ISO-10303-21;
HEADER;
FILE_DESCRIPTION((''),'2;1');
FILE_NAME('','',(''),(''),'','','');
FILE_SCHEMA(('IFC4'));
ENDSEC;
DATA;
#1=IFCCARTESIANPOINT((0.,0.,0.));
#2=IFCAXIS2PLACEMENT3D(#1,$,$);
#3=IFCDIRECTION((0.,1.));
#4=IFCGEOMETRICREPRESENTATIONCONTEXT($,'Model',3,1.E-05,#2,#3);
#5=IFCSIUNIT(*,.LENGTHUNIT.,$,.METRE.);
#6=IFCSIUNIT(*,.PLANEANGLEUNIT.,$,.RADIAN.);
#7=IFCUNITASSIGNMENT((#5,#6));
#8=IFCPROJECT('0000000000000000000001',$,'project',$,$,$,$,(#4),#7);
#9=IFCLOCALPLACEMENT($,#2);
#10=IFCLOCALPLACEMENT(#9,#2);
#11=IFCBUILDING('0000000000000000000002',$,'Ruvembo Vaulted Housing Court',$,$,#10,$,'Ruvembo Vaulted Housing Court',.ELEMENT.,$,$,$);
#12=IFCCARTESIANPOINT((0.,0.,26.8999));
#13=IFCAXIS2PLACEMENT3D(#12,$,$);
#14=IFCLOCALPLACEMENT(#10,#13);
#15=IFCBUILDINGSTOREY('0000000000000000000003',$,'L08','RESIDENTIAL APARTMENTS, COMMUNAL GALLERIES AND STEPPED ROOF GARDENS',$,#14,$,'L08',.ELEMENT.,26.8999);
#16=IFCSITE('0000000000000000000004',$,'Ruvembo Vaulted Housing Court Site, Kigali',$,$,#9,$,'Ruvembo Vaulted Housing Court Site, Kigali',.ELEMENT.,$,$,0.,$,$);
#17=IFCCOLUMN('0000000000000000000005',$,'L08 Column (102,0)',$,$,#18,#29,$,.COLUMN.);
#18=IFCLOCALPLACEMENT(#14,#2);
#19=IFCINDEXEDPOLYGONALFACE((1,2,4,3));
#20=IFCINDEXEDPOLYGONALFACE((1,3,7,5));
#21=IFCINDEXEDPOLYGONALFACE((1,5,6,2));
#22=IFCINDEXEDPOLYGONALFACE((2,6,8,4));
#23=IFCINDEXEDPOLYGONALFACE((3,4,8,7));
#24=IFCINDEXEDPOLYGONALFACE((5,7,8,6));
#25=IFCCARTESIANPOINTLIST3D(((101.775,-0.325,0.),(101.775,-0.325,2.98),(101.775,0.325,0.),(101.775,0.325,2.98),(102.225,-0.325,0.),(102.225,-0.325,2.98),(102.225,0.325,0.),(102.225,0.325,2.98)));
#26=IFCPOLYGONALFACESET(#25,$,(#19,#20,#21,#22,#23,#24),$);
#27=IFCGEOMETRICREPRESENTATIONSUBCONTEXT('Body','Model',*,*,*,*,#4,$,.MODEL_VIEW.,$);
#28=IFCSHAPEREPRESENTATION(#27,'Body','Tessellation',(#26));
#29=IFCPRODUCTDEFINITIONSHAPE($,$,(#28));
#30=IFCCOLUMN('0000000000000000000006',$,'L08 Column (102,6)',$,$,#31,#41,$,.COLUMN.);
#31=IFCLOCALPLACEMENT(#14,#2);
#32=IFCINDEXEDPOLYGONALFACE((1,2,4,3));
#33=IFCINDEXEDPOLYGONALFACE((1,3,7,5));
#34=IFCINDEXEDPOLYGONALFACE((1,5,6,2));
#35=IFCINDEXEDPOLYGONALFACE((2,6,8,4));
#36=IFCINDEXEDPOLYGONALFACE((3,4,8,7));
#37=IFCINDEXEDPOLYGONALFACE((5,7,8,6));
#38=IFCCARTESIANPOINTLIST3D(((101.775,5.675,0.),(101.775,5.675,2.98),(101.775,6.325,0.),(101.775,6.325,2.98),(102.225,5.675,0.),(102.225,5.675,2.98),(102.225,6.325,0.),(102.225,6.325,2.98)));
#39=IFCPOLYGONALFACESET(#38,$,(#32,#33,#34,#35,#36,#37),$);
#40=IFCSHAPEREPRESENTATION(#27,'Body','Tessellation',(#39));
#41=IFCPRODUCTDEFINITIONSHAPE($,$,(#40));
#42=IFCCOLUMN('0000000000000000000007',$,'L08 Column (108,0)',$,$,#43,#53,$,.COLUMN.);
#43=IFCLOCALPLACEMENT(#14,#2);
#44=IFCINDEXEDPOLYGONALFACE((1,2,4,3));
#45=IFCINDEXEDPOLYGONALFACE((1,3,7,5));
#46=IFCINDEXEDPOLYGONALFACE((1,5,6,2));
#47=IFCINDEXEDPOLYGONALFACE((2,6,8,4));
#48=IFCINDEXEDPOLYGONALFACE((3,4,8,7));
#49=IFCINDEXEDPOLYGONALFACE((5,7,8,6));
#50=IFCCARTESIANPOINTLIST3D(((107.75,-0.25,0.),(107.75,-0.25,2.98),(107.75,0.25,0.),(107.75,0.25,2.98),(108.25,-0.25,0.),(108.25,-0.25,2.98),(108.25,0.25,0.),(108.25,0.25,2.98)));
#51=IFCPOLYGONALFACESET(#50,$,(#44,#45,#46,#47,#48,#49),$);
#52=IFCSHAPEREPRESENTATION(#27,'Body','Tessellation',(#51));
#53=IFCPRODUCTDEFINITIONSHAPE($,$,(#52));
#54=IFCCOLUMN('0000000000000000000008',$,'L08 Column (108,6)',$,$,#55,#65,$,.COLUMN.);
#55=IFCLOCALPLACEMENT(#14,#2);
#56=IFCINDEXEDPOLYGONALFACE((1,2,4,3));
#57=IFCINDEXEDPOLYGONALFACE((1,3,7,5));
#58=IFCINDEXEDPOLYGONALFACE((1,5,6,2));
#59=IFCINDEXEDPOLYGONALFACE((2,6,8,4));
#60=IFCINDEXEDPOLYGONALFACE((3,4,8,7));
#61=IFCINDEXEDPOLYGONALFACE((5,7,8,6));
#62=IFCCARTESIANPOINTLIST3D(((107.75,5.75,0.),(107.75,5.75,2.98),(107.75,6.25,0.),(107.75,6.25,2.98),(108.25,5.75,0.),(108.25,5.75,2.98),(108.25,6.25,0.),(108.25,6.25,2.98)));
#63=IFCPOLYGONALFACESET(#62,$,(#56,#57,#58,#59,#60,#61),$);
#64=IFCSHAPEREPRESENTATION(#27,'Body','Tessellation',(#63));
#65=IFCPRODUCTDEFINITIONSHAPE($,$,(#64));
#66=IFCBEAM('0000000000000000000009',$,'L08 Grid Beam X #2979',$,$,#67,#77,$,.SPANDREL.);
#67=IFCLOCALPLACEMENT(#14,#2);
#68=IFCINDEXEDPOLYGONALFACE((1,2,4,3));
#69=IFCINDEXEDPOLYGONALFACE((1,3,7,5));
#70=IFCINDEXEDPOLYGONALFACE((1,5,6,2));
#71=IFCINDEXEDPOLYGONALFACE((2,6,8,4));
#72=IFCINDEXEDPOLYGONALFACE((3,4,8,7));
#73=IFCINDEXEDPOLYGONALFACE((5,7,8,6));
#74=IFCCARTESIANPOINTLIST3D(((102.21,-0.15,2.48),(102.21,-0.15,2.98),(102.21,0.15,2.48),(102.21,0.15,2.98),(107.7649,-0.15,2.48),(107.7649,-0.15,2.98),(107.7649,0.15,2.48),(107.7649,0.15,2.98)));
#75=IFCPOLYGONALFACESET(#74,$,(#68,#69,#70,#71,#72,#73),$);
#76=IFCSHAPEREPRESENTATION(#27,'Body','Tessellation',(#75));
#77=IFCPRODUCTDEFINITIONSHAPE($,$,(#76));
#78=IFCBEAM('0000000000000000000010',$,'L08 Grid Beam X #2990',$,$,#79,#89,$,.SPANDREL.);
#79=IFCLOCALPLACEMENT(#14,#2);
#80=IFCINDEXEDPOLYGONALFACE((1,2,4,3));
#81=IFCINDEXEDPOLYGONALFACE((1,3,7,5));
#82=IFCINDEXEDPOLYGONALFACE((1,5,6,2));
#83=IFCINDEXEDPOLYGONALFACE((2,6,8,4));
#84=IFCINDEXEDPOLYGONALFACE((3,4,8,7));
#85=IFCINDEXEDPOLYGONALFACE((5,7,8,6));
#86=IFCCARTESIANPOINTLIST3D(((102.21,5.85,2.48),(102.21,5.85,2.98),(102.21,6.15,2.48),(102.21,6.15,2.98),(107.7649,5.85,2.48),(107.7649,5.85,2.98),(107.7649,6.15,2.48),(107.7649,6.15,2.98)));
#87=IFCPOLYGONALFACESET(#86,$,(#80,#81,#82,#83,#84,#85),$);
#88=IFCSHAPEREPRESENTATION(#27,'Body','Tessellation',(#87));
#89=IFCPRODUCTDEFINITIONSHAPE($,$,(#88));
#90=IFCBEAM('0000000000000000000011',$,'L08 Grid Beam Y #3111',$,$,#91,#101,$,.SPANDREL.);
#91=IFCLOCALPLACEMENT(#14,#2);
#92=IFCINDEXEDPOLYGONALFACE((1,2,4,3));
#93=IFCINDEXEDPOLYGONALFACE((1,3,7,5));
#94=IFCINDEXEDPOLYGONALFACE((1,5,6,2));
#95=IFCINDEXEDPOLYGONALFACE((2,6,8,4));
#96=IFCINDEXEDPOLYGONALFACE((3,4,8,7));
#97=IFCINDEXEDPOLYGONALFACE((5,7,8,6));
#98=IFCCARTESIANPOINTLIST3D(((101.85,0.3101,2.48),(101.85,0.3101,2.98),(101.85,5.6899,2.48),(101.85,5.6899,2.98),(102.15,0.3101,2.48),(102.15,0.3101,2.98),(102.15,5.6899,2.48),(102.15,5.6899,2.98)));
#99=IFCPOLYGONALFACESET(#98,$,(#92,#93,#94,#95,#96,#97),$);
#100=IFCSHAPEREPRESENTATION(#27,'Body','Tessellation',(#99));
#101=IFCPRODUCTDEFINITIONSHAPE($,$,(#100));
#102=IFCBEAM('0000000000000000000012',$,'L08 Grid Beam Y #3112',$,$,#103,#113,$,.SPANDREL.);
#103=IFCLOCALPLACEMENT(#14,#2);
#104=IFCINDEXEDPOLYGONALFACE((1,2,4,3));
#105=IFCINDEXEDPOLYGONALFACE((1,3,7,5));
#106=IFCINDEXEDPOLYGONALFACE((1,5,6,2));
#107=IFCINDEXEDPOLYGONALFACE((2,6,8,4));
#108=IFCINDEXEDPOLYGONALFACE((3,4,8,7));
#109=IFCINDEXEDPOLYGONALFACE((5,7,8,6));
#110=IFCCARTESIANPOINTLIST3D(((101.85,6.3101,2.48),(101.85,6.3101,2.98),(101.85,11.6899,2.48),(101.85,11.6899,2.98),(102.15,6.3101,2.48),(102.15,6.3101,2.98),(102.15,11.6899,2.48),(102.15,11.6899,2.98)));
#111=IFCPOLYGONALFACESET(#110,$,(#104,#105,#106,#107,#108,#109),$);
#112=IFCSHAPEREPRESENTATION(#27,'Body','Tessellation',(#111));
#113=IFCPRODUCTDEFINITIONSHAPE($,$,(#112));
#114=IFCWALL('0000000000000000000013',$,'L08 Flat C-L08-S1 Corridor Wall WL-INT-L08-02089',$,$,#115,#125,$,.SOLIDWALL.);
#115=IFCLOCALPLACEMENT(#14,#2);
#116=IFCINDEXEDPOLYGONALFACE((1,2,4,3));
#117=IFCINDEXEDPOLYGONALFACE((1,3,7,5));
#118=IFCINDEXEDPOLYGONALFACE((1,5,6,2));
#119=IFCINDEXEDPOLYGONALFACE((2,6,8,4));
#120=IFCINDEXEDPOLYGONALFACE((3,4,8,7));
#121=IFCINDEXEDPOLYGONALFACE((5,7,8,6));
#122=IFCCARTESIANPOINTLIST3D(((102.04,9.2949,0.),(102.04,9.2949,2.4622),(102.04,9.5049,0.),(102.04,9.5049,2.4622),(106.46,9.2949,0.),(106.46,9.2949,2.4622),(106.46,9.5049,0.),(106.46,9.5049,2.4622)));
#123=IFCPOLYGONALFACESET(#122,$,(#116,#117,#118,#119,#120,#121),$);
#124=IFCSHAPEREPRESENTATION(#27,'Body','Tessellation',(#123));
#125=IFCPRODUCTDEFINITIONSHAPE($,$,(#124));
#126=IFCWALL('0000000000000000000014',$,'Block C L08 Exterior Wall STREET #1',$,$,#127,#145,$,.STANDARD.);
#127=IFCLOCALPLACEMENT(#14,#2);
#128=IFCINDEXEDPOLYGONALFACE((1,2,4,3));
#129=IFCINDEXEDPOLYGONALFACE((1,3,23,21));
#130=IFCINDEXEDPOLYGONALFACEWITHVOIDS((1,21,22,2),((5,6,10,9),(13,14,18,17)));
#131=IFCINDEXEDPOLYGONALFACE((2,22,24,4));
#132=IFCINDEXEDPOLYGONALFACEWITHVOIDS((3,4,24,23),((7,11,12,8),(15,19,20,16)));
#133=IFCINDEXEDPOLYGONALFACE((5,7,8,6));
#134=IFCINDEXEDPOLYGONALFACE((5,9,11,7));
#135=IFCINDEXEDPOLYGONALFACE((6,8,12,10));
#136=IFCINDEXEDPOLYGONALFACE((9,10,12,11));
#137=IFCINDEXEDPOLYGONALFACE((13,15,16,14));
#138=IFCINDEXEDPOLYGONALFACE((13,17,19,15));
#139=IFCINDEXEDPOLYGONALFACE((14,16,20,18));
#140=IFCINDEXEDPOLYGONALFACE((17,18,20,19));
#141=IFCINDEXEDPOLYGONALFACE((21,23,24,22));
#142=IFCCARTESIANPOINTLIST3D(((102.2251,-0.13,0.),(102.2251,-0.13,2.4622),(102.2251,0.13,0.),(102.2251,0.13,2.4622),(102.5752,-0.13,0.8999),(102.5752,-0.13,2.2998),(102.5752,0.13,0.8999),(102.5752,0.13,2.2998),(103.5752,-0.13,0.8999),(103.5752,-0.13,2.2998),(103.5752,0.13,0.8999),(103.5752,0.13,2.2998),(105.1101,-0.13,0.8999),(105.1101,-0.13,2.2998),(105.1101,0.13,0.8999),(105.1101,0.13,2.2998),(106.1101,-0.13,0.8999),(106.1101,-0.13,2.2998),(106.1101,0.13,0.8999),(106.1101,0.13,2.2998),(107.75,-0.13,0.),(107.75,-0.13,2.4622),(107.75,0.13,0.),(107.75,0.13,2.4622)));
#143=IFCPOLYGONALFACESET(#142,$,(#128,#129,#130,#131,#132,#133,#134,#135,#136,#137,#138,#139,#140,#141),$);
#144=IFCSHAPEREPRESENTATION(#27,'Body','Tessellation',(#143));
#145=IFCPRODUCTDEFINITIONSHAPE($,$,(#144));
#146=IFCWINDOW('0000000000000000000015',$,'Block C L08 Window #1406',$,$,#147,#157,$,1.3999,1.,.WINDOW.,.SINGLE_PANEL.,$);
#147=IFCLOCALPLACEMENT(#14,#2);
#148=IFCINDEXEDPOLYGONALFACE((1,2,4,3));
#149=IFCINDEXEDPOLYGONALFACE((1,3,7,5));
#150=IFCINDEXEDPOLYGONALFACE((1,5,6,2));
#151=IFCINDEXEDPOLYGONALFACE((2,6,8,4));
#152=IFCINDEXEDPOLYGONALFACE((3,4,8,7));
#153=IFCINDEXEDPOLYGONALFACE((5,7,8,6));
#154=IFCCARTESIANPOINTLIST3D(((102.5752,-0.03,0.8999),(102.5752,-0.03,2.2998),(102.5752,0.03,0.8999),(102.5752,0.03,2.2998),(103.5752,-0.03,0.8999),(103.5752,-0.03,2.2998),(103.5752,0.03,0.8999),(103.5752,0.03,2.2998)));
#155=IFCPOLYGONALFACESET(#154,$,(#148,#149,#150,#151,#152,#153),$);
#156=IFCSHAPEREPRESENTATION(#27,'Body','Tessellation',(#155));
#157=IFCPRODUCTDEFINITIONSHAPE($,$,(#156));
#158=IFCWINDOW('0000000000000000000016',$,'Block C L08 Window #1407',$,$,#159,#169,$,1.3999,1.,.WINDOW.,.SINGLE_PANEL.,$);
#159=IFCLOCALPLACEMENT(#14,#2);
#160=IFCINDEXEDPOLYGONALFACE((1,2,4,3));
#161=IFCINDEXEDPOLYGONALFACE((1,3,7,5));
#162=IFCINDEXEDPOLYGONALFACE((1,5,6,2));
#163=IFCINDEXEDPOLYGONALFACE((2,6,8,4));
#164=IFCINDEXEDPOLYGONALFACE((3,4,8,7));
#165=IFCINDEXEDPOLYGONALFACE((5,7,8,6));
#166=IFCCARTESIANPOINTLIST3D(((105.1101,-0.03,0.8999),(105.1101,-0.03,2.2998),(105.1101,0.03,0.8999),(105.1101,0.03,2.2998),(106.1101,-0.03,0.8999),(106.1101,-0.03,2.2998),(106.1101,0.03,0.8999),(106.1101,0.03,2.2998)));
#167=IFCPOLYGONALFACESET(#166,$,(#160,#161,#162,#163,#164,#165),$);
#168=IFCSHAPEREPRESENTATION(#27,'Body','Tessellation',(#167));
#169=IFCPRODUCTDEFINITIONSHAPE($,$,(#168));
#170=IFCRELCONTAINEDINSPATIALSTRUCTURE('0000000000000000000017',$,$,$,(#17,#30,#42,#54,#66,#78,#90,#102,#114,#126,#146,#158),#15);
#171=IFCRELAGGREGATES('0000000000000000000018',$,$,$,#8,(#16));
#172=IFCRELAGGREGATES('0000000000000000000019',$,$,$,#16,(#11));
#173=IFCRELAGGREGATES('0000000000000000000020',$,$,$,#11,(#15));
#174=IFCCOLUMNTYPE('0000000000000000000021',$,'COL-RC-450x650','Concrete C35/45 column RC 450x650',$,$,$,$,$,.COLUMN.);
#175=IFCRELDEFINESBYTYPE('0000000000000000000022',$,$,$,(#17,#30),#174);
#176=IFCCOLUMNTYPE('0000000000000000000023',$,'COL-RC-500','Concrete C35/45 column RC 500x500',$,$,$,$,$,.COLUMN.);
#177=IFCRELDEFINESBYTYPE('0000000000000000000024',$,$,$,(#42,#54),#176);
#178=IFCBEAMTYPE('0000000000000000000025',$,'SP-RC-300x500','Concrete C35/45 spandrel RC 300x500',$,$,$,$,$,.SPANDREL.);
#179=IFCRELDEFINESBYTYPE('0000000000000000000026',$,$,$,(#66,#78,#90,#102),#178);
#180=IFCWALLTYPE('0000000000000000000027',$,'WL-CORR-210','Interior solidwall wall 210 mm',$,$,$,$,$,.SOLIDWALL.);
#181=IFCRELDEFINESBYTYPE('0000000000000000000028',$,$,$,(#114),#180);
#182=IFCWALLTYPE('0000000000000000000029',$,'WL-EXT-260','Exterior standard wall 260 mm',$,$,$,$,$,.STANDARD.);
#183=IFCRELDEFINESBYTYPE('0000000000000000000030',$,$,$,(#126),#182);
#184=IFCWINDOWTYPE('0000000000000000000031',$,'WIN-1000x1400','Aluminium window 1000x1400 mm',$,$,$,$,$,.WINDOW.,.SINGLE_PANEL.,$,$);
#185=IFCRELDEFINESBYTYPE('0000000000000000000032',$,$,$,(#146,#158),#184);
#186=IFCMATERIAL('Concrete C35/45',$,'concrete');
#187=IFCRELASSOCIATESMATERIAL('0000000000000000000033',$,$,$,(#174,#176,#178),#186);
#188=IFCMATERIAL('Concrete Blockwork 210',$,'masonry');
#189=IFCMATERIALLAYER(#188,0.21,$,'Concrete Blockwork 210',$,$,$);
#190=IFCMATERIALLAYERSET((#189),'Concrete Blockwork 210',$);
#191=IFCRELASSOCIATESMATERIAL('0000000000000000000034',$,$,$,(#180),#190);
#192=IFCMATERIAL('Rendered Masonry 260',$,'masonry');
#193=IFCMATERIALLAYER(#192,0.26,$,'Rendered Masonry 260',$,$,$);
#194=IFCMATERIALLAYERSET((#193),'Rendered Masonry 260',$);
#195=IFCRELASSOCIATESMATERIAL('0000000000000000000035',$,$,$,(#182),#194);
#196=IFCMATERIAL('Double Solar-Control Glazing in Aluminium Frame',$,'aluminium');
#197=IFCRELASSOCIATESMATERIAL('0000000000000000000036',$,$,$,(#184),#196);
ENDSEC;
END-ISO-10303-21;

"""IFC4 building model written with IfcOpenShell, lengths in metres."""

from ifc_helpers import new_model, si_unit, direction, frame, frame_2d, origin, origin_2d, place, context, subcontext, project, spatial, rectangle, extrude, material, layer, layer_set, material_profile, profile_set, type_object, element, fill, save


model = new_model("IFC4")

# Units and contexts
model_context = context("Model", 3, precision=1e-05, world=origin(), true_north=direction((0.0, 1.0)))
body_context = subcontext(model_context, "Body", "Model", "MODEL_VIEW")
ifc_project = project(units=[si_unit("LENGTHUNIT", "METRE"), si_unit("PLANEANGLEUNIT", "RADIAN")], contexts=[model_context])

# Site, building, storey
site_placement = place(None, origin())
site = spatial("IfcSite", under=ifc_project, at=site_placement, Name="Ruvembo Vaulted Housing Court Site, Kigali", LongName="Ruvembo Vaulted Housing Court Site, Kigali", CompositionType="ELEMENT", RefElevation=0.0)
building_placement = place(site_placement, origin())
building = spatial("IfcBuilding", under=site, at=building_placement, Name="Ruvembo Vaulted Housing Court", LongName="Ruvembo Vaulted Housing Court", CompositionType="ELEMENT")
storey_placement = place(building_placement, frame((0.0, 0.0, 26.8999)))
storey = spatial("IfcBuildingStorey", under=building, at=storey_placement, Name="L08", Description="RESIDENTIAL APARTMENTS, COMMUNAL GALLERIES AND STEPPED ROOF GARDENS", LongName="L08", CompositionType="ELEMENT", Elevation=26.8999)

# Columns
ifc_material_1 = material(Name="Concrete C35/45", Category="concrete")
ifc_material_profile_1 = material_profile(ifc_material_1, rectangle(XDim=0.45, YDim=0.6499, at=origin_2d()), Name="RC 450x650")
ifc_profile_set_1 = profile_set([ifc_material_profile_1], Name="Concrete C35/45")
column_type_1 = type_object("IfcColumnType", Name="COL-RC-450x650", Description="Concrete C35/45 column RC 450x650", PredefinedType="COLUMN", material=ifc_profile_set_1)
for number, where, z_axis, x_axis, name in (
    (1, (102.0, 0.0, 0.0), (0.0, 0.0, 1.0), (1.0, 0.0, 0.0), "L08 Column (102,0)"),
    (2, (102.0, 6.0, 0.0), (0.0, 0.0, 1.0), (1.0, 0.0, 0.0), "L08 Column (102,6)"),
):
    element("IfcColumn", number, at=place(storey_placement, frame(where, z_axis=z_axis, x_axis=x_axis)), inside=storey, type_object=column_type_1, Name=name, PredefinedType="COLUMN", context=body_context, shape_type="SweptSolid", body=[
        extrude(rectangle(XDim=0.45, YDim=0.6499, at=origin_2d()), origin(), (0.0, 0.0, 1.0), 2.98),
    ])
ifc_material_profile_2 = material_profile(ifc_material_1, rectangle(XDim=0.5, YDim=0.5, at=origin_2d()), Name="RC 500x500")
ifc_profile_set_2 = profile_set([ifc_material_profile_2], Name="Concrete C35/45")
column_type_2 = type_object("IfcColumnType", Name="COL-RC-500", Description="Concrete C35/45 column RC 500x500", PredefinedType="COLUMN", material=ifc_profile_set_2)
for number, where, z_axis, x_axis, name in (
    (3, (108.0, 0.0, 0.0), (0.0, 0.0, 1.0), (1.0, 0.0, 0.0), "L08 Column (108,0)"),
    (4, (108.0, 6.0, 0.0), (0.0, 0.0, 1.0), (1.0, 0.0, 0.0), "L08 Column (108,6)"),
):
    element("IfcColumn", number, at=place(storey_placement, frame(where, z_axis=z_axis, x_axis=x_axis)), inside=storey, type_object=column_type_2, Name=name, PredefinedType="COLUMN", context=body_context, shape_type="SweptSolid", body=[
        extrude(rectangle(XDim=0.5, YDim=0.5, at=origin_2d()), origin(), (0.0, 0.0, 1.0), 2.98),
    ])

# Beams
ifc_material_profile_3 = material_profile(ifc_material_1, rectangle(XDim=0.3, YDim=0.5, at=origin_2d()), Name="RC 300x500")
ifc_profile_set_3 = profile_set([ifc_material_profile_3], Name="Concrete C35/45")
beam_type = type_object("IfcBeamType", Name="SP-RC-300x500", Description="Concrete C35/45 spandrel RC 300x500", PredefinedType="SPANDREL", material=ifc_profile_set_3)
for number, where, z_axis, x_axis, name in (
    (5, (102.21, 0.0, 2.73), (1.0, 0.0, 0.0), (0.0, 1.0, 0.0), "L08 Grid Beam X #2979"),
    (6, (102.21, 6.0, 2.73), (1.0, 0.0, 0.0), (0.0, 1.0, 0.0), "L08 Grid Beam X #2990"),
):
    element("IfcBeam", number, at=place(storey_placement, frame(where, z_axis=z_axis, x_axis=x_axis)), inside=storey, type_object=beam_type, Name=name, PredefinedType="SPANDREL", context=body_context, shape_type="SweptSolid", body=[
        extrude(rectangle(XDim=0.3, YDim=0.5, at=origin_2d()), origin(), (0.0, 0.0, 1.0), 5.5549),
    ])
for number, where, z_axis, x_axis, name in (
    (7, (102.0, 0.3101, 2.73), (0.0, 1.0, 0.0), (-1.0, 0.0, 0.0), "L08 Grid Beam Y #3111"),
    (8, (102.0, 6.3101, 2.73), (0.0, 1.0, 0.0), (-1.0, 0.0, 0.0), "L08 Grid Beam Y #3112"),
):
    element("IfcBeam", number, at=place(storey_placement, frame(where, z_axis=z_axis, x_axis=x_axis)), inside=storey, type_object=beam_type, Name=name, PredefinedType="SPANDREL", context=body_context, shape_type="SweptSolid", body=[
        extrude(rectangle(XDim=0.3, YDim=0.5, at=origin_2d()), origin(), (0.0, 0.0, 1.0), 5.3799),
    ])

# Wall
ifc_material_2 = material(Name="Concrete Blockwork 210", Category="masonry")
ifc_layer_1 = layer(ifc_material_2, 0.21, Name="Concrete Blockwork 210")
ifc_layer_set_1 = layer_set([ifc_layer_1], Name="Concrete Blockwork 210")
wall_type_1 = type_object("IfcWallType", Name="WL-CORR-210", Description="Interior solidwall wall 210 mm", PredefinedType="SOLIDWALL", material=ifc_layer_set_1)
wall_1_placement = place(storey_placement, frame((102.04, 9.3999, 0.0), z_axis=(0.0, 0.0, 1.0), x_axis=(1.0, 0.0, 0.0)))
element("IfcWall", 9, at=wall_1_placement, inside=storey, type_object=wall_type_1, Name="L08 Flat C-L08-S1 Corridor Wall WL-INT-L08-02089", PredefinedType="SOLIDWALL", context=body_context, shape_type="SweptSolid", body=[
    extrude(rectangle(XDim=4.4199, YDim=0.21, at=frame_2d((2.21, 0.0))), origin(), (0.0, 0.0, 1.0), 2.4622),
])

# Wall, openings, windows
ifc_material_3 = material(Name="Rendered Masonry 260", Category="masonry")
ifc_layer_2 = layer(ifc_material_3, 0.26, Name="Rendered Masonry 260")
ifc_layer_set_2 = layer_set([ifc_layer_2], Name="Rendered Masonry 260")
wall_type_2 = type_object("IfcWallType", Name="WL-EXT-260", Description="Exterior standard wall 260 mm", PredefinedType="STANDARD", material=ifc_layer_set_2)
wall_2_placement = place(storey_placement, frame((102.2251, 0.0, 0.0), z_axis=(0.0, 0.0, 1.0), x_axis=(1.0, 0.0, 0.0)))
wall_2 = element("IfcWall", 10, at=wall_2_placement, inside=storey, type_object=wall_type_2, Name="Block C L08 Exterior Wall STREET #1", PredefinedType="STANDARD", context=body_context, shape_type="SweptSolid", body=[
    extrude(rectangle(XDim=5.5249, YDim=0.26, at=frame_2d((2.7625, 0.0))), origin(), (0.0, 0.0, 1.0), 2.4622),
])
opening_1_placement = place(wall_2_placement, frame((0.3501, 0.0, 0.8999)))
opening_1 = element("IfcOpeningElement", 11, at=opening_1_placement, cuts=wall_2, PredefinedType="OPENING", context=body_context, shape_type="SweptSolid", body=[
    extrude(rectangle(XDim=1.0, YDim=1.3999, at=frame_2d((0.5, 0.7))), frame((0.0, 0.1399, 0.0), z_axis=(0.0, -1.0, 0.0), x_axis=(1.0, 0.0, 0.0)), (0.0, 0.0, 1.0), 0.28),
])
opening_2_placement = place(wall_2_placement, frame((2.885, 0.0, 0.8999)))
opening_2 = element("IfcOpeningElement", 12, at=opening_2_placement, cuts=wall_2, PredefinedType="OPENING", context=body_context, shape_type="SweptSolid", body=[
    extrude(rectangle(XDim=1.0, YDim=1.3999, at=frame_2d((0.5, 0.7))), frame((0.0, 0.1399, 0.0), z_axis=(0.0, -1.0, 0.0), x_axis=(1.0, 0.0, 0.0)), (0.0, 0.0, 1.0), 0.28),
])
ifc_material_4 = material(Name="Double Solar-Control Glazing in Aluminium Frame", Category="aluminium")
window_type_1 = type_object("IfcWindowType", Name="WIN-1000x1400", Description="Aluminium window 1000x1400 mm", PartitioningType="SINGLE_PANEL", PredefinedType="WINDOW", material=ifc_material_4)
window_1_placement = place(opening_1_placement, origin())
window_1 = element("IfcWindow", 13, at=window_1_placement, inside=storey, type_object=window_type_1, Name="Block C L08 Window #1406", OverallHeight=1.3999, OverallWidth=1.0, PartitioningType="SINGLE_PANEL", PredefinedType="WINDOW", context=body_context, shape_type="SweptSolid", body=[
    extrude(rectangle(XDim=1.0, YDim=1.3999, at=frame_2d((0.5, 0.7))), frame((0.0, 0.03, 0.0), z_axis=(0.0, -1.0, 0.0), x_axis=(1.0, 0.0, 0.0)), (0.0, 0.0, 1.0), 0.0601),
])
fill(opening_1, window_1)
window_2_placement = place(opening_2_placement, origin())
window_2 = element("IfcWindow", 14, at=window_2_placement, inside=storey, type_object=window_type_1, Name="Block C L08 Window #1407", OverallHeight=1.3999, OverallWidth=1.0, PartitioningType="SINGLE_PANEL", PredefinedType="WINDOW", context=body_context, shape_type="SweptSolid", body=[
    extrude(rectangle(XDim=1.0, YDim=1.3999, at=frame_2d((0.5, 0.7))), frame((0.0, 0.03, 0.0), z_axis=(0.0, -1.0, 0.0), x_axis=(1.0, 0.0, 0.0)), (0.0, 0.0, 1.0), 0.0601),
])
fill(opening_2, window_2)

save(model, "model.ifc")
